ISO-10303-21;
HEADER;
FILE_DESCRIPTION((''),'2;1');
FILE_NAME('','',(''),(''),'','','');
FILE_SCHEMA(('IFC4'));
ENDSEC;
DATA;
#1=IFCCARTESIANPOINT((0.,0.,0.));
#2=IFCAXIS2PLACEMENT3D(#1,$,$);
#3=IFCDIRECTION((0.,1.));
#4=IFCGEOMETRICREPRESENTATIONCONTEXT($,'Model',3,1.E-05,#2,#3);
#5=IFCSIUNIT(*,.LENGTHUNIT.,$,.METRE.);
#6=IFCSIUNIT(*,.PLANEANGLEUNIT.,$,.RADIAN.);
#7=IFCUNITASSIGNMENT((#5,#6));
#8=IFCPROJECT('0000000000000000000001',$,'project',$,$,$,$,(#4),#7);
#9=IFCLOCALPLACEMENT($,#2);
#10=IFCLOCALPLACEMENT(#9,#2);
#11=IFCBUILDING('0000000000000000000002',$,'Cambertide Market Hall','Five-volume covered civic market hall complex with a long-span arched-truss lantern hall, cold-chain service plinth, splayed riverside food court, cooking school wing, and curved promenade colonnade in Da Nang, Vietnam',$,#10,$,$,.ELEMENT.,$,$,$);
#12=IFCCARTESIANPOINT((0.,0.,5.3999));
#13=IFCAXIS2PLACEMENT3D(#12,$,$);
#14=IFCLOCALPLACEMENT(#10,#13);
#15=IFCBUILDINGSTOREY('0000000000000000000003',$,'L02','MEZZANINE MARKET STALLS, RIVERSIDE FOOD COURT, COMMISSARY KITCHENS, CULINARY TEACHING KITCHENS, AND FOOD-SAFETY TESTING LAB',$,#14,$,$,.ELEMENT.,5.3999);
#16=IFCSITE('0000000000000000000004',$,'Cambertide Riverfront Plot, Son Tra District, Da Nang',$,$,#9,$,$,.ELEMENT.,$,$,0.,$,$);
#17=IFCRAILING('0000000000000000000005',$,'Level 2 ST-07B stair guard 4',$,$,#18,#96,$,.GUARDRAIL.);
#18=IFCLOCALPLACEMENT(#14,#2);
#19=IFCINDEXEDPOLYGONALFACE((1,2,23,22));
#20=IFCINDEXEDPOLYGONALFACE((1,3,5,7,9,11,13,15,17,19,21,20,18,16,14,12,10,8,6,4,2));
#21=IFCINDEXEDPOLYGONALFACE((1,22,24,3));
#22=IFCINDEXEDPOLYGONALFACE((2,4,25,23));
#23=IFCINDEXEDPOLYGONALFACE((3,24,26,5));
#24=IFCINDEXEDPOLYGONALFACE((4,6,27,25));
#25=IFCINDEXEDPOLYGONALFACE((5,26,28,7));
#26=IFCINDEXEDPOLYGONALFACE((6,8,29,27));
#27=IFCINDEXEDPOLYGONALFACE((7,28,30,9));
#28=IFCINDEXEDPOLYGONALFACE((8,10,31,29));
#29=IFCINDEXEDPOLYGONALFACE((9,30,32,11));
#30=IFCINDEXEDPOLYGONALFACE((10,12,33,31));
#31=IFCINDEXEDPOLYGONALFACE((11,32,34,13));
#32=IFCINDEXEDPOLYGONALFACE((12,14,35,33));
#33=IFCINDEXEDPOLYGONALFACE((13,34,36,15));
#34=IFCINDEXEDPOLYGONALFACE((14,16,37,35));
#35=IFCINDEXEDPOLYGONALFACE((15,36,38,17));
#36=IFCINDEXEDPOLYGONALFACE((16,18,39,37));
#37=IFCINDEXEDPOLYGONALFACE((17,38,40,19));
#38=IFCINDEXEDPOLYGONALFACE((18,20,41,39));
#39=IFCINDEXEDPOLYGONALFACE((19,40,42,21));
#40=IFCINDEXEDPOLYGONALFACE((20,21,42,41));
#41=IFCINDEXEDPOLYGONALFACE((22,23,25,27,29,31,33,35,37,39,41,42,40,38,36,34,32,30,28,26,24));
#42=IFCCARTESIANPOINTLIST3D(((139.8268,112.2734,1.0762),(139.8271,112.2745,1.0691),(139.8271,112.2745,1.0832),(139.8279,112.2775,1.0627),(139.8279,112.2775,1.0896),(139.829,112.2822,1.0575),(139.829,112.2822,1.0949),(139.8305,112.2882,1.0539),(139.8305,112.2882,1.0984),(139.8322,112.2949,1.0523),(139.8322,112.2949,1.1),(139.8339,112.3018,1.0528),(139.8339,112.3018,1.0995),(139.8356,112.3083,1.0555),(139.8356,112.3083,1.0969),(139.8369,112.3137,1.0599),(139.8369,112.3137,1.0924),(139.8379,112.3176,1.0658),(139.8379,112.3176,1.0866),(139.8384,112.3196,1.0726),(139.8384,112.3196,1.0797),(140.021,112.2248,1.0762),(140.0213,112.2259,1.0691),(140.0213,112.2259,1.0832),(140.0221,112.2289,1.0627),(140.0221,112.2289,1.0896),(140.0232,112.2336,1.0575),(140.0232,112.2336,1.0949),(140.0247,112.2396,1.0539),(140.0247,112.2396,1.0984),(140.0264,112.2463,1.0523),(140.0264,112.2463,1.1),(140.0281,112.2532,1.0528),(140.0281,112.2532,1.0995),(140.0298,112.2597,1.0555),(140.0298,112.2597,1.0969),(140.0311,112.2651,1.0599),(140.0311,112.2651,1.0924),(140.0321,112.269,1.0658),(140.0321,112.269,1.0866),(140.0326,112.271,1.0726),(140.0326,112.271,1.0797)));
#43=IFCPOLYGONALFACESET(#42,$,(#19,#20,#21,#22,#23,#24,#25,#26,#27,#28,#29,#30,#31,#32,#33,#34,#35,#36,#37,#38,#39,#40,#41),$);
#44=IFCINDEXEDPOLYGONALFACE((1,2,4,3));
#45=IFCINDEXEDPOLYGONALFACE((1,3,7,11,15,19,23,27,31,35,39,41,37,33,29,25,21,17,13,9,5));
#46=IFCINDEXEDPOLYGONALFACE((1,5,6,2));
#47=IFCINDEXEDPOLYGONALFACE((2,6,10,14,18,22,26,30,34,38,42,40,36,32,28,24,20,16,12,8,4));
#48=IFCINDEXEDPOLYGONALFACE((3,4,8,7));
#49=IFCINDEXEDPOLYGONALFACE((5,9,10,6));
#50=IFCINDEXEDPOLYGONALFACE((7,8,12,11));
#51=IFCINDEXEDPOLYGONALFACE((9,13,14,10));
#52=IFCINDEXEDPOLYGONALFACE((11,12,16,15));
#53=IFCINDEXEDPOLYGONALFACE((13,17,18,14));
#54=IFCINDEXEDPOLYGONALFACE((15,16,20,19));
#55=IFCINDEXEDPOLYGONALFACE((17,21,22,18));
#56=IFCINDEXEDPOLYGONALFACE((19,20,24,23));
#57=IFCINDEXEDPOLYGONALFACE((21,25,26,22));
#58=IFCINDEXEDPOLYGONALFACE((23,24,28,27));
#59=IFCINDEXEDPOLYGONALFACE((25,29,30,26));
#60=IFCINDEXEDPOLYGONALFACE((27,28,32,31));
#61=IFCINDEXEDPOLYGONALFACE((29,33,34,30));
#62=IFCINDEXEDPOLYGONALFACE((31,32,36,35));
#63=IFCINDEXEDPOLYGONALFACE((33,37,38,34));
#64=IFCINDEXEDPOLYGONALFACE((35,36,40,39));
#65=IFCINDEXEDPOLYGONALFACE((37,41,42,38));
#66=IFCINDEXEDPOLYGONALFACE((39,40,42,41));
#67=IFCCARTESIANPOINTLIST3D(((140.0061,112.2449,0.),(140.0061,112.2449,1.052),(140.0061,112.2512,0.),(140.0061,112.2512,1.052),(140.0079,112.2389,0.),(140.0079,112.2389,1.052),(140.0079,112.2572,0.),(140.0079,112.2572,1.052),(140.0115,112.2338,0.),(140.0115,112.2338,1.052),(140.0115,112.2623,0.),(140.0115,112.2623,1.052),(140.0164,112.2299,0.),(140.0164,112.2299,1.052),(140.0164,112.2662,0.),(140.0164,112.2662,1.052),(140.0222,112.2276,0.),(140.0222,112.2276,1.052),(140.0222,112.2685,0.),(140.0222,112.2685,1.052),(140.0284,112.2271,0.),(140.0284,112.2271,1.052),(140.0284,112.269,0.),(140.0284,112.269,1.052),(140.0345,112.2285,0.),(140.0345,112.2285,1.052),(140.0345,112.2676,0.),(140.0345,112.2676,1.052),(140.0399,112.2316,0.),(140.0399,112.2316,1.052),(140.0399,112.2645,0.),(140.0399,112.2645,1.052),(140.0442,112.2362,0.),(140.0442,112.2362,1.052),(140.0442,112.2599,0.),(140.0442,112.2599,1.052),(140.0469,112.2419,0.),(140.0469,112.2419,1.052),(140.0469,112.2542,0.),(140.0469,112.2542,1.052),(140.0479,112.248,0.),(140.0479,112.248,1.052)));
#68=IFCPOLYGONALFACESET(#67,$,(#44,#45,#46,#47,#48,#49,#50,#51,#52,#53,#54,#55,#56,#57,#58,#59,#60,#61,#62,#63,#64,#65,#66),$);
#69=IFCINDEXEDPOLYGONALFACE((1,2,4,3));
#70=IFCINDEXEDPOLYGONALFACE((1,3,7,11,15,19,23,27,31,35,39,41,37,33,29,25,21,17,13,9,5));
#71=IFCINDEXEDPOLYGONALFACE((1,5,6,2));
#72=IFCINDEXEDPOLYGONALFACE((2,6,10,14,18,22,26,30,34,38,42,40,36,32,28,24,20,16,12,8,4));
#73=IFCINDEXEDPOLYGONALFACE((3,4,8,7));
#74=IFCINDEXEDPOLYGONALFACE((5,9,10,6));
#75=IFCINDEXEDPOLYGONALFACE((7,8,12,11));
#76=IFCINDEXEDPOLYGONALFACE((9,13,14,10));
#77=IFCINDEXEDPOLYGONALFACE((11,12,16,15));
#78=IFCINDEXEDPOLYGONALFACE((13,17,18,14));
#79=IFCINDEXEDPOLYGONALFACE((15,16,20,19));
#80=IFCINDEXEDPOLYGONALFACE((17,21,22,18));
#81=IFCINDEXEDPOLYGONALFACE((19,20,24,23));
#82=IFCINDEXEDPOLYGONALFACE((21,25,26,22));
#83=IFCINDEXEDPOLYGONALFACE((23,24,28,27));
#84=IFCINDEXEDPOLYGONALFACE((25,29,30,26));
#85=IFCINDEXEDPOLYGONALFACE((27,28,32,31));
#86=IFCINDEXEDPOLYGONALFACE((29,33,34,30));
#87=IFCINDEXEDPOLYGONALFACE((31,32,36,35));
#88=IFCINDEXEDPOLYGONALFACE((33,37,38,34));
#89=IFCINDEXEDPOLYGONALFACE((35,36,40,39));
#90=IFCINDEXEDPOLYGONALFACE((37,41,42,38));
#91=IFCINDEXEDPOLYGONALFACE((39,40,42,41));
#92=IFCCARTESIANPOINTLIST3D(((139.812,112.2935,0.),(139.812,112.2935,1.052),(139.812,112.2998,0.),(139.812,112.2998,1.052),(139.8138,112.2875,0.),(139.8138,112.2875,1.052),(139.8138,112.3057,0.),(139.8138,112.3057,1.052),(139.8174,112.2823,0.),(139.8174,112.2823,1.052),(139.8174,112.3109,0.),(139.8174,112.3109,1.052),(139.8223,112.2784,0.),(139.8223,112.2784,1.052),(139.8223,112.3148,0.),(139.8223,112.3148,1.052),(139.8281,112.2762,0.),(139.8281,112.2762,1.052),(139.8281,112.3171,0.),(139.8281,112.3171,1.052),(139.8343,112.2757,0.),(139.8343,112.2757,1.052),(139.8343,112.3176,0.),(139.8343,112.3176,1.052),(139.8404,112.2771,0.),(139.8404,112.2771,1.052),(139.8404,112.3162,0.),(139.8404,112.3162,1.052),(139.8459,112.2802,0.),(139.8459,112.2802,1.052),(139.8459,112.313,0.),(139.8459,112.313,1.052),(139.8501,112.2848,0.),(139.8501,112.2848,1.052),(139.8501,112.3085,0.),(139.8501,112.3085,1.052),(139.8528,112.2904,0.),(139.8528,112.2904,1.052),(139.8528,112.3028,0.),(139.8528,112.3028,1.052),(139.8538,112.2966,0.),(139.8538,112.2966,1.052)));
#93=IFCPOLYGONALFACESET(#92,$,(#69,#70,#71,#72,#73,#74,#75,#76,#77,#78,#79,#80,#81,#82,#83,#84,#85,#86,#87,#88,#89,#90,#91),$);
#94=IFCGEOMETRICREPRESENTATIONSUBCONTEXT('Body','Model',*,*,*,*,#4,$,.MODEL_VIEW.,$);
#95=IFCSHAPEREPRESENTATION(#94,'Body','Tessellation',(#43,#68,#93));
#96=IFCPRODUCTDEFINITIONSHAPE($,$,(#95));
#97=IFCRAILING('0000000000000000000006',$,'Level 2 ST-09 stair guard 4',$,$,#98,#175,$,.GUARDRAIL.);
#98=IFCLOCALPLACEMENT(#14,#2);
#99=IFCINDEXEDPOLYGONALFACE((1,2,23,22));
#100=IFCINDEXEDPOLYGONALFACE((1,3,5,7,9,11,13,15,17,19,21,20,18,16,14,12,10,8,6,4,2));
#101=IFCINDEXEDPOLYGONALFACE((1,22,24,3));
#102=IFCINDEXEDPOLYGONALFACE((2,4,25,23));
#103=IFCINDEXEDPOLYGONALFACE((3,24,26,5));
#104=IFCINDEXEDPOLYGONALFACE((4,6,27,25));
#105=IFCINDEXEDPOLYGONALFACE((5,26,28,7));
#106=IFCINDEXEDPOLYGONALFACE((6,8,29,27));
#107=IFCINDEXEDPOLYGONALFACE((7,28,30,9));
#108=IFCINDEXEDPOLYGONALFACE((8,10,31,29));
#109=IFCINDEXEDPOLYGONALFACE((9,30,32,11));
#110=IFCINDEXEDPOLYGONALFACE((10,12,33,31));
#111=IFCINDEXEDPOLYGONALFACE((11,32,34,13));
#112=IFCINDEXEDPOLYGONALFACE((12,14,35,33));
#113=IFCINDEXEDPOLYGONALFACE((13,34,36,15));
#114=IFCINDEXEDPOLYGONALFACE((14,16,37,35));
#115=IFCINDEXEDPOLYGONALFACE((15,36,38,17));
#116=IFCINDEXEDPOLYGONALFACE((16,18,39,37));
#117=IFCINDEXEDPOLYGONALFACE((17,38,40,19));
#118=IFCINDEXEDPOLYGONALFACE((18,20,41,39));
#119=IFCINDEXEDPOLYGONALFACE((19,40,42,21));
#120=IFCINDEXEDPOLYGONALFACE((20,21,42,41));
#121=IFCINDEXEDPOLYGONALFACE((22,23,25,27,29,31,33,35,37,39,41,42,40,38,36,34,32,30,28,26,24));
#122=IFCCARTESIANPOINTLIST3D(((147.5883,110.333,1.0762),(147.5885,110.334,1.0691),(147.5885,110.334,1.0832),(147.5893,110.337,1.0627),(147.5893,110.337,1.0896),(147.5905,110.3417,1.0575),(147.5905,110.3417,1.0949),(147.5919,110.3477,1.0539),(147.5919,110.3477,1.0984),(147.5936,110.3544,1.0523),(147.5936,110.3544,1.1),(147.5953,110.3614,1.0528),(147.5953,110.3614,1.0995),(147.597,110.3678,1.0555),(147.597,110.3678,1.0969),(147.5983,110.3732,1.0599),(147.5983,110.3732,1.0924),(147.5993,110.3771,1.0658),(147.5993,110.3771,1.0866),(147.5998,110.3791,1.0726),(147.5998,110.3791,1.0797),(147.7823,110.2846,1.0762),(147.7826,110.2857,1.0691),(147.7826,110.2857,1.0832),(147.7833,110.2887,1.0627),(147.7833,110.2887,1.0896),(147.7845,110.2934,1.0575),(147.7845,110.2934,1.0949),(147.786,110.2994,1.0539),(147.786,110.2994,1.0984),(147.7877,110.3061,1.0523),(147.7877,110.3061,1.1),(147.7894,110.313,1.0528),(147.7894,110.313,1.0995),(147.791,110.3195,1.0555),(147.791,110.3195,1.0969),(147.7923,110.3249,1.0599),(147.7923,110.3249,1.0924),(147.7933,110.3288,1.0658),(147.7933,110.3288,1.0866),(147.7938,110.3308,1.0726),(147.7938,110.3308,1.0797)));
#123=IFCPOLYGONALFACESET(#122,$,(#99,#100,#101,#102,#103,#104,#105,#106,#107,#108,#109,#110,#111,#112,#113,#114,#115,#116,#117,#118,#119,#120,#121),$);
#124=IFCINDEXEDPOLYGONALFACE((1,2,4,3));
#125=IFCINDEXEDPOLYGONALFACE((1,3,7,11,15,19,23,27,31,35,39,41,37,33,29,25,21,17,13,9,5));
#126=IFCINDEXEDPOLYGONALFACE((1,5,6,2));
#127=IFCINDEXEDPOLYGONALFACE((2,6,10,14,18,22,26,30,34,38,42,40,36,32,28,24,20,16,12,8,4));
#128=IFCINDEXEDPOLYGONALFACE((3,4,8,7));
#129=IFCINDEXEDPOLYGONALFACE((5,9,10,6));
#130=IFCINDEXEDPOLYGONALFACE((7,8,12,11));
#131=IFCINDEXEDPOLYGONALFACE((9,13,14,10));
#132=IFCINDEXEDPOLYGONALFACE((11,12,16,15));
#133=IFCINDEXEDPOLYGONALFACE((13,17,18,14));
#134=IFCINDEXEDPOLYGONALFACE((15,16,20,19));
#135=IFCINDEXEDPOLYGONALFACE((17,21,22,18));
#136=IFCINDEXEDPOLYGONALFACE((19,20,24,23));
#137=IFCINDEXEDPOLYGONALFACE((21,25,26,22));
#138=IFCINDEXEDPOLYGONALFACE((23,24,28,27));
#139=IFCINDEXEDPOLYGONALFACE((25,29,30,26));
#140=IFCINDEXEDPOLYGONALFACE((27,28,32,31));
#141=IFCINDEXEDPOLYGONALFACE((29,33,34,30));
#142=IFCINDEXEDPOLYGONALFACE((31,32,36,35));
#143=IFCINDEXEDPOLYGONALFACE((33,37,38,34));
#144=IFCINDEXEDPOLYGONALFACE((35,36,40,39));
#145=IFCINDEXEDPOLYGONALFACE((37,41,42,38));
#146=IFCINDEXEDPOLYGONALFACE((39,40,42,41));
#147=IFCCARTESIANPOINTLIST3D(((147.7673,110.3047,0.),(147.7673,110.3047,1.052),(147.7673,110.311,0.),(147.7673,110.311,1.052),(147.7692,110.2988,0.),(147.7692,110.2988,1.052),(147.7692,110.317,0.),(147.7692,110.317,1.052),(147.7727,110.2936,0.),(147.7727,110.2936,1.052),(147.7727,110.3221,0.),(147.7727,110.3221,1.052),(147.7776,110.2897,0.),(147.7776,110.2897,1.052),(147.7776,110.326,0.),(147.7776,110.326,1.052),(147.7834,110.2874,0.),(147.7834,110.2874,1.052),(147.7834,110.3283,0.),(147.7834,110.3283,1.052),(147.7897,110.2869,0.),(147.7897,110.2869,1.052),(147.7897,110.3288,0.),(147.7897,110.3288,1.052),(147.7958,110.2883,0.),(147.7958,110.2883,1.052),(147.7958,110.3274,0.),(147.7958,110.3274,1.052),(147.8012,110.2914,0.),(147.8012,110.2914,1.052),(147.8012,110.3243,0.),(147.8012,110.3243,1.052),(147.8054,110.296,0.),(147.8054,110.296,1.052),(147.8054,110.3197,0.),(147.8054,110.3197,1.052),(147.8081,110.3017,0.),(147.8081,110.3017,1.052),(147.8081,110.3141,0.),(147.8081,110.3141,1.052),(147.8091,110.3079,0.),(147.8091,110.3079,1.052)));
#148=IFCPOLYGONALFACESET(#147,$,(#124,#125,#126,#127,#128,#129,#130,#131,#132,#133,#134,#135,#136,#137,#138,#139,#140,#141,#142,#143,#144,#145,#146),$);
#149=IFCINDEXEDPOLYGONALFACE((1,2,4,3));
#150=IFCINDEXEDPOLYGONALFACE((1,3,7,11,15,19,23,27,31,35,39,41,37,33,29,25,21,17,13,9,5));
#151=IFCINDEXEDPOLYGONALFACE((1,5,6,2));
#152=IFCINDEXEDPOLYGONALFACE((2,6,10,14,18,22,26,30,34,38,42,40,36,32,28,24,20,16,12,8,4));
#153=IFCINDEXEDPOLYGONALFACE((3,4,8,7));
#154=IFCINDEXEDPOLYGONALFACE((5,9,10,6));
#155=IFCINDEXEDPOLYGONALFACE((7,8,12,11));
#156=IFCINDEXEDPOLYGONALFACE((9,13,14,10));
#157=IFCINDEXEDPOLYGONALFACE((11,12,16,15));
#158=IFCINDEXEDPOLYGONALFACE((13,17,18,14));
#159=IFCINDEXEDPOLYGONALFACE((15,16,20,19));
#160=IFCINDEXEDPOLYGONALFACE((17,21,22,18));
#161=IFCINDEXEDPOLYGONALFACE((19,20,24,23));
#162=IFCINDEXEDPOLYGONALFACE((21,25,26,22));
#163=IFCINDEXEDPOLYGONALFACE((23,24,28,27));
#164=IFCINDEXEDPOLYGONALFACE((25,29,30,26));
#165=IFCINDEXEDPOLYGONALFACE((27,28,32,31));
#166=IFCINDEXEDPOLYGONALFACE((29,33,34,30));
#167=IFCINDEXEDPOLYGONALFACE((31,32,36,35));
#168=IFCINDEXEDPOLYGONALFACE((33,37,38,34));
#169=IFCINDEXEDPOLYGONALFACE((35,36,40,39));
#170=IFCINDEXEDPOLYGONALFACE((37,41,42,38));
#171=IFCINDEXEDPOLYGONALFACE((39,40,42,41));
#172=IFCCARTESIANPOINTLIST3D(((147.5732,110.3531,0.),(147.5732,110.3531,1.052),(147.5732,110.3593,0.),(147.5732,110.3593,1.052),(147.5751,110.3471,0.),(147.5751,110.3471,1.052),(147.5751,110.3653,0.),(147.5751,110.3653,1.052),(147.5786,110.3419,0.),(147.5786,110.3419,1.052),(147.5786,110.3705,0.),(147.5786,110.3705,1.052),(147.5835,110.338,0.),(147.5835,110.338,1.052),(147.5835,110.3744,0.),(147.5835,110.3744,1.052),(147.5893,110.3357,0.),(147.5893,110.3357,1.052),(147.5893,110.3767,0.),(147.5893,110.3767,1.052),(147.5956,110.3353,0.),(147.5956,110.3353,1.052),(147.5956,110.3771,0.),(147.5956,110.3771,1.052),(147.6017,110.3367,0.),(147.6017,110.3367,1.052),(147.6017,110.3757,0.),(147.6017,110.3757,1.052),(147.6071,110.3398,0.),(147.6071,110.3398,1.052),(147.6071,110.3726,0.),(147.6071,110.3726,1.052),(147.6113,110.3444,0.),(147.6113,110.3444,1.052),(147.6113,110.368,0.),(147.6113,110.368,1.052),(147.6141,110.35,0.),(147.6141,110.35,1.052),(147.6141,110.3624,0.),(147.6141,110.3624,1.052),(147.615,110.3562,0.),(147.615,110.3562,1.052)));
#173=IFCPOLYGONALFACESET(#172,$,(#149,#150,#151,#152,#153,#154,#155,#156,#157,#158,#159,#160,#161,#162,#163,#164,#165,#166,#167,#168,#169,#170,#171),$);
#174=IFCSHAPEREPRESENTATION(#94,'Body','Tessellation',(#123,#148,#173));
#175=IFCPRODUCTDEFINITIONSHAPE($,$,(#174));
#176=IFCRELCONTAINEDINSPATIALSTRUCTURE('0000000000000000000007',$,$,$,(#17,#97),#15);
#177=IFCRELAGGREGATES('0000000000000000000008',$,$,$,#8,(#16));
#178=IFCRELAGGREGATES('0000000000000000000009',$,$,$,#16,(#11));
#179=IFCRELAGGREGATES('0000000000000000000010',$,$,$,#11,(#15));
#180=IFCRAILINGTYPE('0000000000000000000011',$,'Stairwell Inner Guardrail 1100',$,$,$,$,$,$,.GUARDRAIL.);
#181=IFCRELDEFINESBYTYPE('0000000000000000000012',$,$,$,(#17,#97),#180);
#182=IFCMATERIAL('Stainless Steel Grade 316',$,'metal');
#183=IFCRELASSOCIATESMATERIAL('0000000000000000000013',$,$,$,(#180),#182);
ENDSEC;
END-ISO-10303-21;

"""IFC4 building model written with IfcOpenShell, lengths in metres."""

from ifc_helpers import new_model, si_unit, direction, frame, origin, origin_2d, place, context, subcontext, project, spatial, circle, extrude, material, type_object, element, save


model = new_model("IFC4")

# Units and contexts
model_context = context("Model", 3, precision=1e-05, world=origin(), true_north=direction((0.0, 1.0)))
body_context = subcontext(model_context, "Body", "Model", "MODEL_VIEW")
ifc_project = project(units=[si_unit("LENGTHUNIT", "METRE"), si_unit("PLANEANGLEUNIT", "RADIAN")], contexts=[model_context])

# Site, building, storey
site_placement = place(None, origin())
site = spatial("IfcSite", under=ifc_project, at=site_placement, Name="Cambertide Riverfront Plot, Son Tra District, Da Nang", CompositionType="ELEMENT", RefElevation=0.0)
building_placement = place(site_placement, origin())
building = spatial("IfcBuilding", under=site, at=building_placement, Name="Cambertide Market Hall", Description="Five-volume covered civic market hall complex with a long-span arched-truss lantern hall, cold-chain service plinth, splayed riverside food court, cooking school wing, and curved promenade colonnade in Da Nang, Vietnam", CompositionType="ELEMENT")
storey_placement = place(building_placement, frame((0.0, 0.0, 5.3999)))
storey = spatial("IfcBuildingStorey", under=building, at=storey_placement, Name="L02", Description="MEZZANINE MARKET STALLS, RIVERSIDE FOOD COURT, COMMISSARY KITCHENS, CULINARY TEACHING KITCHENS, AND FOOD-SAFETY TESTING LAB", CompositionType="ELEMENT", Elevation=5.3999)

# Railings
ifc_material_1 = material(Name="Stainless Steel Grade 316", Category="metal")
railing_type_1 = type_object("IfcRailingType", Name="Stairwell Inner Guardrail 1100", PredefinedType="GUARDRAIL", material=ifc_material_1)
railing_1_placement = place(storey_placement, frame((140.0269, 112.248, 0.0)))
element("IfcRailing", 1, at=railing_1_placement, inside=storey, type_object=railing_type_1, Name="Level 2 ST-07B stair guard 4", PredefinedType="GUARDRAIL", context=body_context, shape_type="SweptSolid", body=[
    extrude(circle(Radius=0.0239, at=origin_2d()), frame((0.0, 0.0, 1.0762), z_axis=(-0.970071, 0.242823, 0.0), x_axis=(-0.242823, -0.970071, 0.0)), (0.0, 0.0, 1.0), 0.2002),
    extrude(circle(Radius=0.021, at=origin_2d()), origin(), (0.0, 0.0, 1.0), 1.052),
    extrude(circle(Radius=0.021, at=origin_2d()), frame((-0.1941, 0.0486, 0.0)), (0.0, 0.0, 1.0), 1.052),
])
railing_2_placement = place(storey_placement, frame((147.7881, 110.3079, 0.0)))
element("IfcRailing", 2, at=railing_2_placement, inside=storey, type_object=railing_type_1, Name="Level 2 ST-09 stair guard 4", PredefinedType="GUARDRAIL", context=body_context, shape_type="SweptSolid", body=[
    extrude(circle(Radius=0.0239, at=origin_2d()), frame((0.0, 0.0, 1.0762), z_axis=(-0.970358, 0.241674, 0.0), x_axis=(-0.241674, -0.970358, 0.0)), (0.0, 0.0, 1.0), 0.2),
    extrude(circle(Radius=0.021, at=origin_2d()), origin(), (0.0, 0.0, 1.0), 1.052),
    extrude(circle(Radius=0.021, at=origin_2d()), frame((-0.1941, 0.0483, 0.0)), (0.0, 0.0, 1.0), 1.052),
])

save(model, "model.ifc")
